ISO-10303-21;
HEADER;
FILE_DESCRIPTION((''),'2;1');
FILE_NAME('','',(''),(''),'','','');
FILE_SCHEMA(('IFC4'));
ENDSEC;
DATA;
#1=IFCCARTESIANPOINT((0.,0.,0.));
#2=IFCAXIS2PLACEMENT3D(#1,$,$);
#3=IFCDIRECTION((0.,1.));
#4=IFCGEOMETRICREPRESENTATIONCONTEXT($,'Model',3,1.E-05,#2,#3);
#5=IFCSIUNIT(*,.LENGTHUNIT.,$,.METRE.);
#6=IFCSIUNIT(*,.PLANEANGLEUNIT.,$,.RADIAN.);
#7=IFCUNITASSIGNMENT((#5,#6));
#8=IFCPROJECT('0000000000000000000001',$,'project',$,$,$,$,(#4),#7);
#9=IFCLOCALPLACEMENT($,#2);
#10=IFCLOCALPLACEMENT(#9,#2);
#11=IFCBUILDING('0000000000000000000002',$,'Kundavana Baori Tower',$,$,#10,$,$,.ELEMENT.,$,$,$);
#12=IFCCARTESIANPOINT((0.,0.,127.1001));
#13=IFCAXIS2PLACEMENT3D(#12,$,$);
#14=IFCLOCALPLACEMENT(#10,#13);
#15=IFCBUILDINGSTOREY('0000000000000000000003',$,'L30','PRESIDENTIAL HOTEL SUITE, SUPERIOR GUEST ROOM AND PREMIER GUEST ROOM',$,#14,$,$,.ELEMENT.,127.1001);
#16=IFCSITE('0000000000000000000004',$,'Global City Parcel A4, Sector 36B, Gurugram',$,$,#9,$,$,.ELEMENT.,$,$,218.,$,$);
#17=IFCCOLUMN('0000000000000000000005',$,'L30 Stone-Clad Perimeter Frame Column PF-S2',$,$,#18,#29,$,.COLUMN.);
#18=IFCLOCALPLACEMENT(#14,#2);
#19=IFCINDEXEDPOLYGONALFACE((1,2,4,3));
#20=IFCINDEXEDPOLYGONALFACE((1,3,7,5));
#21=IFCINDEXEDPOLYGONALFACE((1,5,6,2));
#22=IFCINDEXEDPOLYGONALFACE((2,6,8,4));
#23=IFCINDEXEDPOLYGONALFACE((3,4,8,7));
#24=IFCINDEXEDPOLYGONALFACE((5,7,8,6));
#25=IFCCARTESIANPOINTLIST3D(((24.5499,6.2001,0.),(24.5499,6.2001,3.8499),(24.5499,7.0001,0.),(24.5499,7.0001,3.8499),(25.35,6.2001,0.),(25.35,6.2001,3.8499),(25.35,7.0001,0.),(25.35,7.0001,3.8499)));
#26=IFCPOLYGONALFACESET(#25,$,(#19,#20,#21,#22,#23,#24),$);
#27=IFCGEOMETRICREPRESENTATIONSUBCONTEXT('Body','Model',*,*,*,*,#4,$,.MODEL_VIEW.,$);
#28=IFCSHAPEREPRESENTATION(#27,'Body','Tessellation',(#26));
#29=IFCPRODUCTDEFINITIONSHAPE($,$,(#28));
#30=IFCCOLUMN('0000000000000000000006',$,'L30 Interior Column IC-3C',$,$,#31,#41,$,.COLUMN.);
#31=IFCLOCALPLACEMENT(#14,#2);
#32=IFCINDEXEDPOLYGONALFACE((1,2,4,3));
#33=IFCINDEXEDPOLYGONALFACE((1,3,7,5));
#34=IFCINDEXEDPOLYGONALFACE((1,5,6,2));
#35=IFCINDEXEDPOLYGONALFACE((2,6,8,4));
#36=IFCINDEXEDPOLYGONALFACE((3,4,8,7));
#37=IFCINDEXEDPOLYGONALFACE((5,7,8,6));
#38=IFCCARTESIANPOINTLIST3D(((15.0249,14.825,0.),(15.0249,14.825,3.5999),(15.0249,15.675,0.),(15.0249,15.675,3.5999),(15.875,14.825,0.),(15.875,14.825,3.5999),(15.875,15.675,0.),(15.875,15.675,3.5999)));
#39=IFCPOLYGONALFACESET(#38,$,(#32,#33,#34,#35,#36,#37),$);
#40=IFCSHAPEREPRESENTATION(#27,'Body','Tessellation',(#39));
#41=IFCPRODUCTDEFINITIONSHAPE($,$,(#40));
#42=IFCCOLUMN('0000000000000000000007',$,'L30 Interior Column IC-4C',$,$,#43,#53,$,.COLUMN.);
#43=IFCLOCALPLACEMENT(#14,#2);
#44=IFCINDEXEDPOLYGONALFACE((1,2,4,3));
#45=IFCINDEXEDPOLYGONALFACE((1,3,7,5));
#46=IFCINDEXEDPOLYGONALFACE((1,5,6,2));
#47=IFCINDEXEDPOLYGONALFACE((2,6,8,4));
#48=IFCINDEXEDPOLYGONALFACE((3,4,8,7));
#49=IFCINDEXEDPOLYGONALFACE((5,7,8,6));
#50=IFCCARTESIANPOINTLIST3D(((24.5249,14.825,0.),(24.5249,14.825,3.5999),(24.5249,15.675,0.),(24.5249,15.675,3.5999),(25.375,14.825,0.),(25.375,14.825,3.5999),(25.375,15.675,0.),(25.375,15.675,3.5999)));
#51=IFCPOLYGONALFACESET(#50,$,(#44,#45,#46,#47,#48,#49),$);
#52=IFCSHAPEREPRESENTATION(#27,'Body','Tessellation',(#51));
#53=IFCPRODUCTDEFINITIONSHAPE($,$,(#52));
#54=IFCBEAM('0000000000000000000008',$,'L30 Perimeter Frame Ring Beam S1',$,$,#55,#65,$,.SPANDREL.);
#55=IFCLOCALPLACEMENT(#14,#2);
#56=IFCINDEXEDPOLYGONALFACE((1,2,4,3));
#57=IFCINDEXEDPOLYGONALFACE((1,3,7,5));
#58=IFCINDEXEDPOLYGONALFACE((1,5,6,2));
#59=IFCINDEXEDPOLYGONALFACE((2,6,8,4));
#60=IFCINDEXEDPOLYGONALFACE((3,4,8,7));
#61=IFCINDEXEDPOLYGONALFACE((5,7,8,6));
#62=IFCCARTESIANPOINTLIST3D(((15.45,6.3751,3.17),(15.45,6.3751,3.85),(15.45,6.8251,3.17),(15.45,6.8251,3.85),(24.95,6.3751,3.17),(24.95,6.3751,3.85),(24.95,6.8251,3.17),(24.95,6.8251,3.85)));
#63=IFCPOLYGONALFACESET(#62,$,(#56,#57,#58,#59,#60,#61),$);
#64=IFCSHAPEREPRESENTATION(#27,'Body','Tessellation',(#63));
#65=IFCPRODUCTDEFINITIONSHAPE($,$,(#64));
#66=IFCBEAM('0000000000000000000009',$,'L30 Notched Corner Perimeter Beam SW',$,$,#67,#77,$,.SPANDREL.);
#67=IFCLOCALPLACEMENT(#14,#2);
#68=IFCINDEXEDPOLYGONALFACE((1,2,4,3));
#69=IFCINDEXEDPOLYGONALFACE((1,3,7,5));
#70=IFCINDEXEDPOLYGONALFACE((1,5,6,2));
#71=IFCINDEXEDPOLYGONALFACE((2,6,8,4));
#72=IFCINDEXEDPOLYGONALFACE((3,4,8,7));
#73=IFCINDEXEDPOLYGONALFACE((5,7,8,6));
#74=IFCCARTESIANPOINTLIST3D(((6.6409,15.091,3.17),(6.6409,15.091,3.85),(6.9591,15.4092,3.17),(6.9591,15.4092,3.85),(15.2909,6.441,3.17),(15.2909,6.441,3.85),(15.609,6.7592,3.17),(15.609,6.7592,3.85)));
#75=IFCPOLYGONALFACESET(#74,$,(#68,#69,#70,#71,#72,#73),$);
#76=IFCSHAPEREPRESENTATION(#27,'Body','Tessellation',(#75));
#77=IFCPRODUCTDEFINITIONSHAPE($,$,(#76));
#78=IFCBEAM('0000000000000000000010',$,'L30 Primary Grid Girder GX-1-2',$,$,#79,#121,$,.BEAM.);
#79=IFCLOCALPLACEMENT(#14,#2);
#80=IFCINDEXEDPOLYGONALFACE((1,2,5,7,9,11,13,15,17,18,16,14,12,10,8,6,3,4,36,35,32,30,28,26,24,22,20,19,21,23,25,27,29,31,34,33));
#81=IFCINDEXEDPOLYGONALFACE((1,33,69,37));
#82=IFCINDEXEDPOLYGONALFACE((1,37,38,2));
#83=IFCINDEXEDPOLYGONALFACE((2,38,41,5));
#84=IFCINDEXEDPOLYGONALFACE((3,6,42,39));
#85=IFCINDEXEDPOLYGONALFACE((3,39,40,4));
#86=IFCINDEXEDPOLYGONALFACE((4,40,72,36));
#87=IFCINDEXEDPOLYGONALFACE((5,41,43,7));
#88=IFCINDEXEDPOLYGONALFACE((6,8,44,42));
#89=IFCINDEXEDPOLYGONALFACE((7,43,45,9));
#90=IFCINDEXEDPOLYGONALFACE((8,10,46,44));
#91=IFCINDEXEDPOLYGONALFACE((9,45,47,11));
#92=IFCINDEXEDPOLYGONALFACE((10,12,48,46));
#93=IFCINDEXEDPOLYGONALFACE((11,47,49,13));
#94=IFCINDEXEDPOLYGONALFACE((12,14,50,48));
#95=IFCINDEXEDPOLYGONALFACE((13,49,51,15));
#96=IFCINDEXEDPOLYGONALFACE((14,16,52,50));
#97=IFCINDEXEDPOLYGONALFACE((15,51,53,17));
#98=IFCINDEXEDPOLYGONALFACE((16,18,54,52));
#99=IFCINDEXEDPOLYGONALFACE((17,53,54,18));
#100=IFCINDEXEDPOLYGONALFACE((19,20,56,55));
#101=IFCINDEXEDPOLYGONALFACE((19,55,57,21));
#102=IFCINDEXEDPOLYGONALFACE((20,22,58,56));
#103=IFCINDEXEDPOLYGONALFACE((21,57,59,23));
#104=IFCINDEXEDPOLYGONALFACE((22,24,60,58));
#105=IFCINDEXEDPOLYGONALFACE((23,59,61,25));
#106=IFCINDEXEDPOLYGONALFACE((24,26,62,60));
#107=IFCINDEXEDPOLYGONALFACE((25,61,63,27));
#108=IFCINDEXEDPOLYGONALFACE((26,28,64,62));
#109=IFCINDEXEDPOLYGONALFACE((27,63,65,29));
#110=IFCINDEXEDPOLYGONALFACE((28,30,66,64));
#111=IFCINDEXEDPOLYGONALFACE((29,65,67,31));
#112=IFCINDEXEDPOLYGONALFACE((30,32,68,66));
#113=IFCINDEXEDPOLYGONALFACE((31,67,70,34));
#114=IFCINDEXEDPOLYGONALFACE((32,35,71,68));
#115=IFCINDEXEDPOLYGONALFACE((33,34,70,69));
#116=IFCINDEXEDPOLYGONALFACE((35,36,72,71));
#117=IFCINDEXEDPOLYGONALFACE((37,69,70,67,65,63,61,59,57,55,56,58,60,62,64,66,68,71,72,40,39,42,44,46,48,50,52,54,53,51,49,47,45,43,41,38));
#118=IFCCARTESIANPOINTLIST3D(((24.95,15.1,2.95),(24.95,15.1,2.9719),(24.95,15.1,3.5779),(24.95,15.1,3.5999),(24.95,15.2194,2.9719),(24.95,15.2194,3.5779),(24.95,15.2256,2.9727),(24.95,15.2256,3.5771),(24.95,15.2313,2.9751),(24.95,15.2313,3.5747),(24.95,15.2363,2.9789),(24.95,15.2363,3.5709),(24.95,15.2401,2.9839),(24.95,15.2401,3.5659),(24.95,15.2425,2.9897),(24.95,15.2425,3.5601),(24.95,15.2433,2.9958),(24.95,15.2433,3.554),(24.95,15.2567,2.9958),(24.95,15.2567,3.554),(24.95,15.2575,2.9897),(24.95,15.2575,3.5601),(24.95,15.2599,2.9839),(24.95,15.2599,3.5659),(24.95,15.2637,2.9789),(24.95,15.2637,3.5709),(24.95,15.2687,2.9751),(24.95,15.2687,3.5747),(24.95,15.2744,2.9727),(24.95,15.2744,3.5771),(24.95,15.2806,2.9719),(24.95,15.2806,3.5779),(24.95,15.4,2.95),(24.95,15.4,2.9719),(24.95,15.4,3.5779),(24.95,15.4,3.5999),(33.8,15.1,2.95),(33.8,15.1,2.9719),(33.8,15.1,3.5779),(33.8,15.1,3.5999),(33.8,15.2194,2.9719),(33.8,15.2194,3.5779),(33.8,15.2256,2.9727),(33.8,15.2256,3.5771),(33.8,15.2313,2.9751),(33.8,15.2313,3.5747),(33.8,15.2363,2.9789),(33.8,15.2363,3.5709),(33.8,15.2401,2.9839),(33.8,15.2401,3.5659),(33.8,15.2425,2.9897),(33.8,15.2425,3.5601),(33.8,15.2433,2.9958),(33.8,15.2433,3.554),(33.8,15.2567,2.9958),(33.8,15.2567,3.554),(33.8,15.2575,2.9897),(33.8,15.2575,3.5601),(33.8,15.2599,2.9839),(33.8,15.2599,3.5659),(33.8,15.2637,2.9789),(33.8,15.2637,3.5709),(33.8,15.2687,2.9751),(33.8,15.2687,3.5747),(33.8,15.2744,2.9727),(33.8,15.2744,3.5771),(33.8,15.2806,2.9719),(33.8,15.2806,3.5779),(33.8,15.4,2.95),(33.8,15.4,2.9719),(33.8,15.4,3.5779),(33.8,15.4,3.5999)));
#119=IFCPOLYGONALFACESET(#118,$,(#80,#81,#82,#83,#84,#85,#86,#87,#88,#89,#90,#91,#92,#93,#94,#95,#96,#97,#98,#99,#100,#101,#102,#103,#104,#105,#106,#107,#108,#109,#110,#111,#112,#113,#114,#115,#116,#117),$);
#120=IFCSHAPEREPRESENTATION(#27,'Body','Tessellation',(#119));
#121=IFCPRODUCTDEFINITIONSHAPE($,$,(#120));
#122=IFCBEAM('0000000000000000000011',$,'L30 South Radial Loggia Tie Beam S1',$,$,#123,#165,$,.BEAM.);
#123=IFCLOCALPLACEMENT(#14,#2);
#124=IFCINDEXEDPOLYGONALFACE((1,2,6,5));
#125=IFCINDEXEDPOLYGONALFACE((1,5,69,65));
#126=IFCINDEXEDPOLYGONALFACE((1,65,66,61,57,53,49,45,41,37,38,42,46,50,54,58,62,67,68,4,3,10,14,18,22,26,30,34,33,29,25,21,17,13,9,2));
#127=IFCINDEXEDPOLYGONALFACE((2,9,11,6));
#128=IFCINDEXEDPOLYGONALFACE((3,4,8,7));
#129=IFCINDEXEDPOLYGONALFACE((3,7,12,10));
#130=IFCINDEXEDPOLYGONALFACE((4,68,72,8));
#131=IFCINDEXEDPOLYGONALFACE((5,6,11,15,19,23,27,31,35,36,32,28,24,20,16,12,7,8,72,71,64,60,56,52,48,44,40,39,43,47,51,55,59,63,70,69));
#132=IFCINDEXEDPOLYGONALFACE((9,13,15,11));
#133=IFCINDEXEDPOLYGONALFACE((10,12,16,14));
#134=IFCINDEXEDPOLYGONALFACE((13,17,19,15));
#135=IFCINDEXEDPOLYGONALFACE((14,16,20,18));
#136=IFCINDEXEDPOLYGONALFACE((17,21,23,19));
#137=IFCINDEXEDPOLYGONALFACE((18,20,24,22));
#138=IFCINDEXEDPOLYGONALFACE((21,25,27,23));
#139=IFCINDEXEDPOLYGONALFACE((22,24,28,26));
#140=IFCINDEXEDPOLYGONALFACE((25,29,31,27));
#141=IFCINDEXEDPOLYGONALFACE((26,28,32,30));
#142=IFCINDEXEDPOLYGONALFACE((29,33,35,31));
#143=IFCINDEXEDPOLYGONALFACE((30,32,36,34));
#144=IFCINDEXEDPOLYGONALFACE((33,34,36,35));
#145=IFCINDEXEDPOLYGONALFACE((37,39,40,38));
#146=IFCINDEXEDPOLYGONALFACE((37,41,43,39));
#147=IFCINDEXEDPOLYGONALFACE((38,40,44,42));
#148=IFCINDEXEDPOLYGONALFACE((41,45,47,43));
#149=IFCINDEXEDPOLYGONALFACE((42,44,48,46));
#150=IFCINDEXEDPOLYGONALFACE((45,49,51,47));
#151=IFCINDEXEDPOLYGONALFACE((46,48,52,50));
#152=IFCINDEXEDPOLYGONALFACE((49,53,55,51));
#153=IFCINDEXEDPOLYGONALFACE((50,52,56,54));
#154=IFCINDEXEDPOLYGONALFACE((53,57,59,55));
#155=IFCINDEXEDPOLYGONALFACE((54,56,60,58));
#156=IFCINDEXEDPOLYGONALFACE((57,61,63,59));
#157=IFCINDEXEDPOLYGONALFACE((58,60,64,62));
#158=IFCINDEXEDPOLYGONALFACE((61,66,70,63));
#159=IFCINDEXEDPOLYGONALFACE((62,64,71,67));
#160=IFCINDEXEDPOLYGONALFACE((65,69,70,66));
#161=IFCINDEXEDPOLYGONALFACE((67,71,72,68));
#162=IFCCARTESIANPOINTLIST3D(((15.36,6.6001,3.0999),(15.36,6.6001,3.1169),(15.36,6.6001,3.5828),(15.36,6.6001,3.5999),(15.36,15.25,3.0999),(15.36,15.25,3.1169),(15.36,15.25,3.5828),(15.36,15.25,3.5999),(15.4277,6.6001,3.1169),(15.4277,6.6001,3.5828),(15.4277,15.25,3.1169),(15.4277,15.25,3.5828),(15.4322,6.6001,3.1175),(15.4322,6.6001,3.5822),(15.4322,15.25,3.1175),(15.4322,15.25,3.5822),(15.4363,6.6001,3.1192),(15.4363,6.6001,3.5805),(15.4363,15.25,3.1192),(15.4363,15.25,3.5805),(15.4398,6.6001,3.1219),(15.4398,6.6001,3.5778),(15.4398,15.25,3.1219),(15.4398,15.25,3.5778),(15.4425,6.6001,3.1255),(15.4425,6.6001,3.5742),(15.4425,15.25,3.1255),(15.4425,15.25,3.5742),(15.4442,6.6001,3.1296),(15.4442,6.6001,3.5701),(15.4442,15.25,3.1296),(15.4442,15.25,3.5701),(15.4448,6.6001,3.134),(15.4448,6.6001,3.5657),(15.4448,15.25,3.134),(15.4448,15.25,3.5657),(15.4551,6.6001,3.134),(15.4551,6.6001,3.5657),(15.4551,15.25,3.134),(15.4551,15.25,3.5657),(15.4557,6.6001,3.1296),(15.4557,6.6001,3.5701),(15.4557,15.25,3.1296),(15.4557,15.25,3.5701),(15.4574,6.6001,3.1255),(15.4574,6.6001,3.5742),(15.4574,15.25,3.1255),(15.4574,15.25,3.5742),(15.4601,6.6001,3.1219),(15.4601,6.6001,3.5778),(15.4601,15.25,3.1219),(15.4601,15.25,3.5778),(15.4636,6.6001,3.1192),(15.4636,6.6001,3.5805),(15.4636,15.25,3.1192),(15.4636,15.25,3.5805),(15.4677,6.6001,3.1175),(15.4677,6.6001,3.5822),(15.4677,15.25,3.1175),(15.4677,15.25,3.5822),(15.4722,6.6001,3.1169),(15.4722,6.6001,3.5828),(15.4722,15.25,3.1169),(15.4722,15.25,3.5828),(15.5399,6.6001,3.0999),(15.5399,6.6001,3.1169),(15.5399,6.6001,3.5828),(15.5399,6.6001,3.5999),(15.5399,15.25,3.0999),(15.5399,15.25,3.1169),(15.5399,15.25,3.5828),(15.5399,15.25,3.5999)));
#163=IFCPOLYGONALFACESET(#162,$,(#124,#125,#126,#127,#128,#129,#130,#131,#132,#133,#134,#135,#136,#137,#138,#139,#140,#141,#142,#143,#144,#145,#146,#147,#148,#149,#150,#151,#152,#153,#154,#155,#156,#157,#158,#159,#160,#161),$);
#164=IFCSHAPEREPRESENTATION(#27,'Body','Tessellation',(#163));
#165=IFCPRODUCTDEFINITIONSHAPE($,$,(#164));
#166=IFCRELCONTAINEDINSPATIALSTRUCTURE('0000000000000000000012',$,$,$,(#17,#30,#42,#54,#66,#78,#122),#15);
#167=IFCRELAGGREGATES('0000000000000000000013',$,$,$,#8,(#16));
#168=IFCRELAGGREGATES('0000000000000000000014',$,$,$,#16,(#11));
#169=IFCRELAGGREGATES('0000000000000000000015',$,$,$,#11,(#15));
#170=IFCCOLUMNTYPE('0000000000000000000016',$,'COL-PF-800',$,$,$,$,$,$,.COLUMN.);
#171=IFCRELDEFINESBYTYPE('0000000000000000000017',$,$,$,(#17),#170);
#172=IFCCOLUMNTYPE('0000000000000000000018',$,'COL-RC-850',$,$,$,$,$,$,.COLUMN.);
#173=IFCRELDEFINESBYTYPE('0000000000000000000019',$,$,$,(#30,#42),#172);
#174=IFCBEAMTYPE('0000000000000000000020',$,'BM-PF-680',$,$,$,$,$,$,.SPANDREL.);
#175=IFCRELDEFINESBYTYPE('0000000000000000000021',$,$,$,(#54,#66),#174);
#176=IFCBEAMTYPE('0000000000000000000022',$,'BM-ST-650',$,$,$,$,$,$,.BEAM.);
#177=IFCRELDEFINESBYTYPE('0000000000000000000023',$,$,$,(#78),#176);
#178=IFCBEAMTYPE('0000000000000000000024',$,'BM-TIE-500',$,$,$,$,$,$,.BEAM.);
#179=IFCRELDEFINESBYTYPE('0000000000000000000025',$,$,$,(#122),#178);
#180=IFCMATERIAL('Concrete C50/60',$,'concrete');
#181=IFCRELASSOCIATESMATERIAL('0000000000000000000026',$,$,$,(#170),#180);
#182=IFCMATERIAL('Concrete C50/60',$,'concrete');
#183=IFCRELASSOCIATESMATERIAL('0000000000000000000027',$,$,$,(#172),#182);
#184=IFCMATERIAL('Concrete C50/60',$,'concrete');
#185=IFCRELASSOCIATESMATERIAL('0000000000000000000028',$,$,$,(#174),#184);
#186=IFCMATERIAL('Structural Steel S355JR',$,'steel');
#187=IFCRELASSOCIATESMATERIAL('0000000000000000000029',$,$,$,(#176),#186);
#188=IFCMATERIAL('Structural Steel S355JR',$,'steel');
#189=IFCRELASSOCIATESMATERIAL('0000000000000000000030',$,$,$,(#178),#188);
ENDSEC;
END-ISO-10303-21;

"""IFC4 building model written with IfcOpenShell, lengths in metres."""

from ifc_helpers import new_model, si_unit, direction, frame, origin, origin_2d, place, context, subcontext, project, spatial, rectangle, i_section, extrude, material, material_profile, profile_set, type_object, element, save


model = new_model("IFC4")

# Units and contexts
model_context = context("Model", 3, precision=1e-05, world=origin(), true_north=direction((0.0, 1.0)))
body_context = subcontext(model_context, "Body", "Model", "MODEL_VIEW")
ifc_project = project(units=[si_unit("LENGTHUNIT", "METRE"), si_unit("PLANEANGLEUNIT", "RADIAN")], contexts=[model_context])

# Site, building, storey
site_placement = place(None, origin())
site = spatial("IfcSite", under=ifc_project, at=site_placement, Name="Global City Parcel A4, Sector 36B, Gurugram", CompositionType="ELEMENT", RefElevation=218.0)
building_placement = place(site_placement, origin())
building = spatial("IfcBuilding", under=site, at=building_placement, Name="Kundavana Baori Tower", CompositionType="ELEMENT")
storey_placement = place(building_placement, frame((0.0, 0.0, 127.1001)))
storey = spatial("IfcBuildingStorey", under=building, at=storey_placement, Name="L30", Description="PRESIDENTIAL HOTEL SUITE, SUPERIOR GUEST ROOM AND PREMIER GUEST ROOM", CompositionType="ELEMENT", Elevation=127.1001)

# Columns
ifc_material_1 = material(Name="Concrete C50/60", Category="concrete")
ifc_material_profile_1 = material_profile(ifc_material_1, rectangle(XDim=0.8, YDim=0.8, at=origin_2d()), Name="RC PF 800x800")
ifc_profile_set_1 = profile_set([ifc_material_profile_1], Name="Concrete C50/60")
column_type_1 = type_object("IfcColumnType", Name="COL-PF-800", PredefinedType="COLUMN", material=ifc_profile_set_1)
column_placement = place(storey_placement, frame((24.95, 6.6001, 0.0), z_axis=(0.0, 0.0, 1.0), x_axis=(1.0, 0.0, 0.0)))
element("IfcColumn", 1, at=column_placement, inside=storey, type_object=column_type_1, Name="L30 Stone-Clad Perimeter Frame Column PF-S2", PredefinedType="COLUMN", context=body_context, shape_type="SweptSolid", body=[
    extrude(rectangle(XDim=0.8, YDim=0.8, at=origin_2d()), origin(), (0.0, 0.0, 1.0), 3.8499),
])
ifc_material_2 = material(Name="Concrete C50/60", Category="concrete")
ifc_material_profile_2 = material_profile(ifc_material_2, rectangle(XDim=0.8501, YDim=0.8501, at=origin_2d()), Name="RC 850x850")
ifc_profile_set_2 = profile_set([ifc_material_profile_2], Name="Concrete C50/60")
column_type_2 = type_object("IfcColumnType", Name="COL-RC-850", PredefinedType="COLUMN", material=ifc_profile_set_2)
for number, where, z_axis, x_axis, name in (
    (2, (15.45, 15.25, 0.0), (0.0, 0.0, 1.0), (1.0, 0.0, 0.0), "L30 Interior Column IC-3C"),
    (3, (24.95, 15.25, 0.0), (0.0, 0.0, 1.0), (1.0, 0.0, 0.0), "L30 Interior Column IC-4C"),
):
    element("IfcColumn", number, at=place(storey_placement, frame(where, z_axis=z_axis, x_axis=x_axis)), inside=storey, type_object=column_type_2, Name=name, PredefinedType="COLUMN", context=body_context, shape_type="SweptSolid", body=[
        extrude(rectangle(XDim=0.8501, YDim=0.8501, at=origin_2d()), origin(), (0.0, 0.0, 1.0), 3.5999),
    ])

# Beams
ifc_material_3 = material(Name="Concrete C50/60", Category="concrete")
ifc_material_profile_3 = material_profile(ifc_material_3, rectangle(XDim=0.45, YDim=0.6799, at=origin_2d()), Name="RC BM 450x680")
ifc_profile_set_3 = profile_set([ifc_material_profile_3], Name="Concrete C50/60")
beam_type_1 = type_object("IfcBeamType", Name="BM-PF-680", PredefinedType="SPANDREL", material=ifc_profile_set_3)
beam_1_placement = place(storey_placement, frame((15.45, 6.6001, 3.51), z_axis=(1.0, 0.0, 0.0), x_axis=(0.0, 1.0, 0.0)))
element("IfcBeam", 4, at=beam_1_placement, inside=storey, type_object=beam_type_1, Name="L30 Perimeter Frame Ring Beam S1", PredefinedType="SPANDREL", context=body_context, shape_type="SweptSolid", body=[
    extrude(rectangle(XDim=0.45, YDim=0.6799, at=origin_2d()), origin(), (0.0, 0.0, 1.0), 9.5),
])
beam_2_placement = place(storey_placement, frame((15.45, 6.6001, 3.51), z_axis=(-0.707107, 0.707107, 0.0), x_axis=(-0.707107, -0.707107, 0.0)))
element("IfcBeam", 5, at=beam_2_placement, inside=storey, type_object=beam_type_1, Name="L30 Notched Corner Perimeter Beam SW", PredefinedType="SPANDREL", context=body_context, shape_type="SweptSolid", body=[
    extrude(rectangle(XDim=0.45, YDim=0.6799, at=origin_2d()), origin(), (0.0, 0.0, 1.0), 12.2329),
])
ifc_material_4 = material(Name="Structural Steel S355JR", Category="steel")
ifc_material_profile_4 = material_profile(ifc_material_4, i_section(OverallWidth=0.3, OverallDepth=0.6499, WebThickness=0.0134, FlangeThickness=0.022, FilletRadius=0.0239, at=origin_2d()), Name="NPB 650x300x155")
ifc_profile_set_4 = profile_set([ifc_material_profile_4], Name="Structural Steel S355JR")
beam_type_2 = type_object("IfcBeamType", Name="BM-ST-650", PredefinedType="BEAM", material=ifc_profile_set_4)
beam_3_placement = place(storey_placement, frame((24.95, 15.25, 3.2749), z_axis=(1.0, 0.0, 0.0), x_axis=(0.0, 1.0, 0.0)))
element("IfcBeam", 6, at=beam_3_placement, inside=storey, type_object=beam_type_2, Name="L30 Primary Grid Girder GX-1-2", PredefinedType="BEAM", context=body_context, shape_type="SweptSolid", body=[
    extrude(i_section(OverallWidth=0.3, OverallDepth=0.6499, WebThickness=0.0134, FlangeThickness=0.022, FilletRadius=0.0239, at=origin_2d()), origin(), (0.0, 0.0, 1.0), 8.8501),
])
ifc_material_5 = material(Name="Structural Steel S355JR", Category="steel")
ifc_material_profile_5 = material_profile(ifc_material_5, i_section(OverallWidth=0.1799, OverallDepth=0.5, WebThickness=0.0103, FlangeThickness=0.0171, FilletRadius=0.0171, at=origin_2d()), Name="ISMB 500")
ifc_profile_set_5 = profile_set([ifc_material_profile_5], Name="Structural Steel S355JR")
beam_type_3 = type_object("IfcBeamType", Name="BM-TIE-500", PredefinedType="BEAM", material=ifc_profile_set_5)
for number, where, z_axis, x_axis, name in (
    (7, (15.45, 15.25, 3.3499), (0.0, -1.0, 0.0), (1.0, 0.0, 0.0), "L30 South Radial Loggia Tie Beam S1"),
):
    element("IfcBeam", number, at=place(storey_placement, frame(where, z_axis=z_axis, x_axis=x_axis)), inside=storey, type_object=beam_type_3, Name=name, PredefinedType="BEAM", context=body_context, shape_type="SweptSolid", body=[
        extrude(i_section(OverallWidth=0.1799, OverallDepth=0.5, WebThickness=0.0103, FlangeThickness=0.0171, FilletRadius=0.0171, at=origin_2d()), origin(), (0.0, 0.0, 1.0), 8.6499),
    ])

save(model, "model.ifc")
